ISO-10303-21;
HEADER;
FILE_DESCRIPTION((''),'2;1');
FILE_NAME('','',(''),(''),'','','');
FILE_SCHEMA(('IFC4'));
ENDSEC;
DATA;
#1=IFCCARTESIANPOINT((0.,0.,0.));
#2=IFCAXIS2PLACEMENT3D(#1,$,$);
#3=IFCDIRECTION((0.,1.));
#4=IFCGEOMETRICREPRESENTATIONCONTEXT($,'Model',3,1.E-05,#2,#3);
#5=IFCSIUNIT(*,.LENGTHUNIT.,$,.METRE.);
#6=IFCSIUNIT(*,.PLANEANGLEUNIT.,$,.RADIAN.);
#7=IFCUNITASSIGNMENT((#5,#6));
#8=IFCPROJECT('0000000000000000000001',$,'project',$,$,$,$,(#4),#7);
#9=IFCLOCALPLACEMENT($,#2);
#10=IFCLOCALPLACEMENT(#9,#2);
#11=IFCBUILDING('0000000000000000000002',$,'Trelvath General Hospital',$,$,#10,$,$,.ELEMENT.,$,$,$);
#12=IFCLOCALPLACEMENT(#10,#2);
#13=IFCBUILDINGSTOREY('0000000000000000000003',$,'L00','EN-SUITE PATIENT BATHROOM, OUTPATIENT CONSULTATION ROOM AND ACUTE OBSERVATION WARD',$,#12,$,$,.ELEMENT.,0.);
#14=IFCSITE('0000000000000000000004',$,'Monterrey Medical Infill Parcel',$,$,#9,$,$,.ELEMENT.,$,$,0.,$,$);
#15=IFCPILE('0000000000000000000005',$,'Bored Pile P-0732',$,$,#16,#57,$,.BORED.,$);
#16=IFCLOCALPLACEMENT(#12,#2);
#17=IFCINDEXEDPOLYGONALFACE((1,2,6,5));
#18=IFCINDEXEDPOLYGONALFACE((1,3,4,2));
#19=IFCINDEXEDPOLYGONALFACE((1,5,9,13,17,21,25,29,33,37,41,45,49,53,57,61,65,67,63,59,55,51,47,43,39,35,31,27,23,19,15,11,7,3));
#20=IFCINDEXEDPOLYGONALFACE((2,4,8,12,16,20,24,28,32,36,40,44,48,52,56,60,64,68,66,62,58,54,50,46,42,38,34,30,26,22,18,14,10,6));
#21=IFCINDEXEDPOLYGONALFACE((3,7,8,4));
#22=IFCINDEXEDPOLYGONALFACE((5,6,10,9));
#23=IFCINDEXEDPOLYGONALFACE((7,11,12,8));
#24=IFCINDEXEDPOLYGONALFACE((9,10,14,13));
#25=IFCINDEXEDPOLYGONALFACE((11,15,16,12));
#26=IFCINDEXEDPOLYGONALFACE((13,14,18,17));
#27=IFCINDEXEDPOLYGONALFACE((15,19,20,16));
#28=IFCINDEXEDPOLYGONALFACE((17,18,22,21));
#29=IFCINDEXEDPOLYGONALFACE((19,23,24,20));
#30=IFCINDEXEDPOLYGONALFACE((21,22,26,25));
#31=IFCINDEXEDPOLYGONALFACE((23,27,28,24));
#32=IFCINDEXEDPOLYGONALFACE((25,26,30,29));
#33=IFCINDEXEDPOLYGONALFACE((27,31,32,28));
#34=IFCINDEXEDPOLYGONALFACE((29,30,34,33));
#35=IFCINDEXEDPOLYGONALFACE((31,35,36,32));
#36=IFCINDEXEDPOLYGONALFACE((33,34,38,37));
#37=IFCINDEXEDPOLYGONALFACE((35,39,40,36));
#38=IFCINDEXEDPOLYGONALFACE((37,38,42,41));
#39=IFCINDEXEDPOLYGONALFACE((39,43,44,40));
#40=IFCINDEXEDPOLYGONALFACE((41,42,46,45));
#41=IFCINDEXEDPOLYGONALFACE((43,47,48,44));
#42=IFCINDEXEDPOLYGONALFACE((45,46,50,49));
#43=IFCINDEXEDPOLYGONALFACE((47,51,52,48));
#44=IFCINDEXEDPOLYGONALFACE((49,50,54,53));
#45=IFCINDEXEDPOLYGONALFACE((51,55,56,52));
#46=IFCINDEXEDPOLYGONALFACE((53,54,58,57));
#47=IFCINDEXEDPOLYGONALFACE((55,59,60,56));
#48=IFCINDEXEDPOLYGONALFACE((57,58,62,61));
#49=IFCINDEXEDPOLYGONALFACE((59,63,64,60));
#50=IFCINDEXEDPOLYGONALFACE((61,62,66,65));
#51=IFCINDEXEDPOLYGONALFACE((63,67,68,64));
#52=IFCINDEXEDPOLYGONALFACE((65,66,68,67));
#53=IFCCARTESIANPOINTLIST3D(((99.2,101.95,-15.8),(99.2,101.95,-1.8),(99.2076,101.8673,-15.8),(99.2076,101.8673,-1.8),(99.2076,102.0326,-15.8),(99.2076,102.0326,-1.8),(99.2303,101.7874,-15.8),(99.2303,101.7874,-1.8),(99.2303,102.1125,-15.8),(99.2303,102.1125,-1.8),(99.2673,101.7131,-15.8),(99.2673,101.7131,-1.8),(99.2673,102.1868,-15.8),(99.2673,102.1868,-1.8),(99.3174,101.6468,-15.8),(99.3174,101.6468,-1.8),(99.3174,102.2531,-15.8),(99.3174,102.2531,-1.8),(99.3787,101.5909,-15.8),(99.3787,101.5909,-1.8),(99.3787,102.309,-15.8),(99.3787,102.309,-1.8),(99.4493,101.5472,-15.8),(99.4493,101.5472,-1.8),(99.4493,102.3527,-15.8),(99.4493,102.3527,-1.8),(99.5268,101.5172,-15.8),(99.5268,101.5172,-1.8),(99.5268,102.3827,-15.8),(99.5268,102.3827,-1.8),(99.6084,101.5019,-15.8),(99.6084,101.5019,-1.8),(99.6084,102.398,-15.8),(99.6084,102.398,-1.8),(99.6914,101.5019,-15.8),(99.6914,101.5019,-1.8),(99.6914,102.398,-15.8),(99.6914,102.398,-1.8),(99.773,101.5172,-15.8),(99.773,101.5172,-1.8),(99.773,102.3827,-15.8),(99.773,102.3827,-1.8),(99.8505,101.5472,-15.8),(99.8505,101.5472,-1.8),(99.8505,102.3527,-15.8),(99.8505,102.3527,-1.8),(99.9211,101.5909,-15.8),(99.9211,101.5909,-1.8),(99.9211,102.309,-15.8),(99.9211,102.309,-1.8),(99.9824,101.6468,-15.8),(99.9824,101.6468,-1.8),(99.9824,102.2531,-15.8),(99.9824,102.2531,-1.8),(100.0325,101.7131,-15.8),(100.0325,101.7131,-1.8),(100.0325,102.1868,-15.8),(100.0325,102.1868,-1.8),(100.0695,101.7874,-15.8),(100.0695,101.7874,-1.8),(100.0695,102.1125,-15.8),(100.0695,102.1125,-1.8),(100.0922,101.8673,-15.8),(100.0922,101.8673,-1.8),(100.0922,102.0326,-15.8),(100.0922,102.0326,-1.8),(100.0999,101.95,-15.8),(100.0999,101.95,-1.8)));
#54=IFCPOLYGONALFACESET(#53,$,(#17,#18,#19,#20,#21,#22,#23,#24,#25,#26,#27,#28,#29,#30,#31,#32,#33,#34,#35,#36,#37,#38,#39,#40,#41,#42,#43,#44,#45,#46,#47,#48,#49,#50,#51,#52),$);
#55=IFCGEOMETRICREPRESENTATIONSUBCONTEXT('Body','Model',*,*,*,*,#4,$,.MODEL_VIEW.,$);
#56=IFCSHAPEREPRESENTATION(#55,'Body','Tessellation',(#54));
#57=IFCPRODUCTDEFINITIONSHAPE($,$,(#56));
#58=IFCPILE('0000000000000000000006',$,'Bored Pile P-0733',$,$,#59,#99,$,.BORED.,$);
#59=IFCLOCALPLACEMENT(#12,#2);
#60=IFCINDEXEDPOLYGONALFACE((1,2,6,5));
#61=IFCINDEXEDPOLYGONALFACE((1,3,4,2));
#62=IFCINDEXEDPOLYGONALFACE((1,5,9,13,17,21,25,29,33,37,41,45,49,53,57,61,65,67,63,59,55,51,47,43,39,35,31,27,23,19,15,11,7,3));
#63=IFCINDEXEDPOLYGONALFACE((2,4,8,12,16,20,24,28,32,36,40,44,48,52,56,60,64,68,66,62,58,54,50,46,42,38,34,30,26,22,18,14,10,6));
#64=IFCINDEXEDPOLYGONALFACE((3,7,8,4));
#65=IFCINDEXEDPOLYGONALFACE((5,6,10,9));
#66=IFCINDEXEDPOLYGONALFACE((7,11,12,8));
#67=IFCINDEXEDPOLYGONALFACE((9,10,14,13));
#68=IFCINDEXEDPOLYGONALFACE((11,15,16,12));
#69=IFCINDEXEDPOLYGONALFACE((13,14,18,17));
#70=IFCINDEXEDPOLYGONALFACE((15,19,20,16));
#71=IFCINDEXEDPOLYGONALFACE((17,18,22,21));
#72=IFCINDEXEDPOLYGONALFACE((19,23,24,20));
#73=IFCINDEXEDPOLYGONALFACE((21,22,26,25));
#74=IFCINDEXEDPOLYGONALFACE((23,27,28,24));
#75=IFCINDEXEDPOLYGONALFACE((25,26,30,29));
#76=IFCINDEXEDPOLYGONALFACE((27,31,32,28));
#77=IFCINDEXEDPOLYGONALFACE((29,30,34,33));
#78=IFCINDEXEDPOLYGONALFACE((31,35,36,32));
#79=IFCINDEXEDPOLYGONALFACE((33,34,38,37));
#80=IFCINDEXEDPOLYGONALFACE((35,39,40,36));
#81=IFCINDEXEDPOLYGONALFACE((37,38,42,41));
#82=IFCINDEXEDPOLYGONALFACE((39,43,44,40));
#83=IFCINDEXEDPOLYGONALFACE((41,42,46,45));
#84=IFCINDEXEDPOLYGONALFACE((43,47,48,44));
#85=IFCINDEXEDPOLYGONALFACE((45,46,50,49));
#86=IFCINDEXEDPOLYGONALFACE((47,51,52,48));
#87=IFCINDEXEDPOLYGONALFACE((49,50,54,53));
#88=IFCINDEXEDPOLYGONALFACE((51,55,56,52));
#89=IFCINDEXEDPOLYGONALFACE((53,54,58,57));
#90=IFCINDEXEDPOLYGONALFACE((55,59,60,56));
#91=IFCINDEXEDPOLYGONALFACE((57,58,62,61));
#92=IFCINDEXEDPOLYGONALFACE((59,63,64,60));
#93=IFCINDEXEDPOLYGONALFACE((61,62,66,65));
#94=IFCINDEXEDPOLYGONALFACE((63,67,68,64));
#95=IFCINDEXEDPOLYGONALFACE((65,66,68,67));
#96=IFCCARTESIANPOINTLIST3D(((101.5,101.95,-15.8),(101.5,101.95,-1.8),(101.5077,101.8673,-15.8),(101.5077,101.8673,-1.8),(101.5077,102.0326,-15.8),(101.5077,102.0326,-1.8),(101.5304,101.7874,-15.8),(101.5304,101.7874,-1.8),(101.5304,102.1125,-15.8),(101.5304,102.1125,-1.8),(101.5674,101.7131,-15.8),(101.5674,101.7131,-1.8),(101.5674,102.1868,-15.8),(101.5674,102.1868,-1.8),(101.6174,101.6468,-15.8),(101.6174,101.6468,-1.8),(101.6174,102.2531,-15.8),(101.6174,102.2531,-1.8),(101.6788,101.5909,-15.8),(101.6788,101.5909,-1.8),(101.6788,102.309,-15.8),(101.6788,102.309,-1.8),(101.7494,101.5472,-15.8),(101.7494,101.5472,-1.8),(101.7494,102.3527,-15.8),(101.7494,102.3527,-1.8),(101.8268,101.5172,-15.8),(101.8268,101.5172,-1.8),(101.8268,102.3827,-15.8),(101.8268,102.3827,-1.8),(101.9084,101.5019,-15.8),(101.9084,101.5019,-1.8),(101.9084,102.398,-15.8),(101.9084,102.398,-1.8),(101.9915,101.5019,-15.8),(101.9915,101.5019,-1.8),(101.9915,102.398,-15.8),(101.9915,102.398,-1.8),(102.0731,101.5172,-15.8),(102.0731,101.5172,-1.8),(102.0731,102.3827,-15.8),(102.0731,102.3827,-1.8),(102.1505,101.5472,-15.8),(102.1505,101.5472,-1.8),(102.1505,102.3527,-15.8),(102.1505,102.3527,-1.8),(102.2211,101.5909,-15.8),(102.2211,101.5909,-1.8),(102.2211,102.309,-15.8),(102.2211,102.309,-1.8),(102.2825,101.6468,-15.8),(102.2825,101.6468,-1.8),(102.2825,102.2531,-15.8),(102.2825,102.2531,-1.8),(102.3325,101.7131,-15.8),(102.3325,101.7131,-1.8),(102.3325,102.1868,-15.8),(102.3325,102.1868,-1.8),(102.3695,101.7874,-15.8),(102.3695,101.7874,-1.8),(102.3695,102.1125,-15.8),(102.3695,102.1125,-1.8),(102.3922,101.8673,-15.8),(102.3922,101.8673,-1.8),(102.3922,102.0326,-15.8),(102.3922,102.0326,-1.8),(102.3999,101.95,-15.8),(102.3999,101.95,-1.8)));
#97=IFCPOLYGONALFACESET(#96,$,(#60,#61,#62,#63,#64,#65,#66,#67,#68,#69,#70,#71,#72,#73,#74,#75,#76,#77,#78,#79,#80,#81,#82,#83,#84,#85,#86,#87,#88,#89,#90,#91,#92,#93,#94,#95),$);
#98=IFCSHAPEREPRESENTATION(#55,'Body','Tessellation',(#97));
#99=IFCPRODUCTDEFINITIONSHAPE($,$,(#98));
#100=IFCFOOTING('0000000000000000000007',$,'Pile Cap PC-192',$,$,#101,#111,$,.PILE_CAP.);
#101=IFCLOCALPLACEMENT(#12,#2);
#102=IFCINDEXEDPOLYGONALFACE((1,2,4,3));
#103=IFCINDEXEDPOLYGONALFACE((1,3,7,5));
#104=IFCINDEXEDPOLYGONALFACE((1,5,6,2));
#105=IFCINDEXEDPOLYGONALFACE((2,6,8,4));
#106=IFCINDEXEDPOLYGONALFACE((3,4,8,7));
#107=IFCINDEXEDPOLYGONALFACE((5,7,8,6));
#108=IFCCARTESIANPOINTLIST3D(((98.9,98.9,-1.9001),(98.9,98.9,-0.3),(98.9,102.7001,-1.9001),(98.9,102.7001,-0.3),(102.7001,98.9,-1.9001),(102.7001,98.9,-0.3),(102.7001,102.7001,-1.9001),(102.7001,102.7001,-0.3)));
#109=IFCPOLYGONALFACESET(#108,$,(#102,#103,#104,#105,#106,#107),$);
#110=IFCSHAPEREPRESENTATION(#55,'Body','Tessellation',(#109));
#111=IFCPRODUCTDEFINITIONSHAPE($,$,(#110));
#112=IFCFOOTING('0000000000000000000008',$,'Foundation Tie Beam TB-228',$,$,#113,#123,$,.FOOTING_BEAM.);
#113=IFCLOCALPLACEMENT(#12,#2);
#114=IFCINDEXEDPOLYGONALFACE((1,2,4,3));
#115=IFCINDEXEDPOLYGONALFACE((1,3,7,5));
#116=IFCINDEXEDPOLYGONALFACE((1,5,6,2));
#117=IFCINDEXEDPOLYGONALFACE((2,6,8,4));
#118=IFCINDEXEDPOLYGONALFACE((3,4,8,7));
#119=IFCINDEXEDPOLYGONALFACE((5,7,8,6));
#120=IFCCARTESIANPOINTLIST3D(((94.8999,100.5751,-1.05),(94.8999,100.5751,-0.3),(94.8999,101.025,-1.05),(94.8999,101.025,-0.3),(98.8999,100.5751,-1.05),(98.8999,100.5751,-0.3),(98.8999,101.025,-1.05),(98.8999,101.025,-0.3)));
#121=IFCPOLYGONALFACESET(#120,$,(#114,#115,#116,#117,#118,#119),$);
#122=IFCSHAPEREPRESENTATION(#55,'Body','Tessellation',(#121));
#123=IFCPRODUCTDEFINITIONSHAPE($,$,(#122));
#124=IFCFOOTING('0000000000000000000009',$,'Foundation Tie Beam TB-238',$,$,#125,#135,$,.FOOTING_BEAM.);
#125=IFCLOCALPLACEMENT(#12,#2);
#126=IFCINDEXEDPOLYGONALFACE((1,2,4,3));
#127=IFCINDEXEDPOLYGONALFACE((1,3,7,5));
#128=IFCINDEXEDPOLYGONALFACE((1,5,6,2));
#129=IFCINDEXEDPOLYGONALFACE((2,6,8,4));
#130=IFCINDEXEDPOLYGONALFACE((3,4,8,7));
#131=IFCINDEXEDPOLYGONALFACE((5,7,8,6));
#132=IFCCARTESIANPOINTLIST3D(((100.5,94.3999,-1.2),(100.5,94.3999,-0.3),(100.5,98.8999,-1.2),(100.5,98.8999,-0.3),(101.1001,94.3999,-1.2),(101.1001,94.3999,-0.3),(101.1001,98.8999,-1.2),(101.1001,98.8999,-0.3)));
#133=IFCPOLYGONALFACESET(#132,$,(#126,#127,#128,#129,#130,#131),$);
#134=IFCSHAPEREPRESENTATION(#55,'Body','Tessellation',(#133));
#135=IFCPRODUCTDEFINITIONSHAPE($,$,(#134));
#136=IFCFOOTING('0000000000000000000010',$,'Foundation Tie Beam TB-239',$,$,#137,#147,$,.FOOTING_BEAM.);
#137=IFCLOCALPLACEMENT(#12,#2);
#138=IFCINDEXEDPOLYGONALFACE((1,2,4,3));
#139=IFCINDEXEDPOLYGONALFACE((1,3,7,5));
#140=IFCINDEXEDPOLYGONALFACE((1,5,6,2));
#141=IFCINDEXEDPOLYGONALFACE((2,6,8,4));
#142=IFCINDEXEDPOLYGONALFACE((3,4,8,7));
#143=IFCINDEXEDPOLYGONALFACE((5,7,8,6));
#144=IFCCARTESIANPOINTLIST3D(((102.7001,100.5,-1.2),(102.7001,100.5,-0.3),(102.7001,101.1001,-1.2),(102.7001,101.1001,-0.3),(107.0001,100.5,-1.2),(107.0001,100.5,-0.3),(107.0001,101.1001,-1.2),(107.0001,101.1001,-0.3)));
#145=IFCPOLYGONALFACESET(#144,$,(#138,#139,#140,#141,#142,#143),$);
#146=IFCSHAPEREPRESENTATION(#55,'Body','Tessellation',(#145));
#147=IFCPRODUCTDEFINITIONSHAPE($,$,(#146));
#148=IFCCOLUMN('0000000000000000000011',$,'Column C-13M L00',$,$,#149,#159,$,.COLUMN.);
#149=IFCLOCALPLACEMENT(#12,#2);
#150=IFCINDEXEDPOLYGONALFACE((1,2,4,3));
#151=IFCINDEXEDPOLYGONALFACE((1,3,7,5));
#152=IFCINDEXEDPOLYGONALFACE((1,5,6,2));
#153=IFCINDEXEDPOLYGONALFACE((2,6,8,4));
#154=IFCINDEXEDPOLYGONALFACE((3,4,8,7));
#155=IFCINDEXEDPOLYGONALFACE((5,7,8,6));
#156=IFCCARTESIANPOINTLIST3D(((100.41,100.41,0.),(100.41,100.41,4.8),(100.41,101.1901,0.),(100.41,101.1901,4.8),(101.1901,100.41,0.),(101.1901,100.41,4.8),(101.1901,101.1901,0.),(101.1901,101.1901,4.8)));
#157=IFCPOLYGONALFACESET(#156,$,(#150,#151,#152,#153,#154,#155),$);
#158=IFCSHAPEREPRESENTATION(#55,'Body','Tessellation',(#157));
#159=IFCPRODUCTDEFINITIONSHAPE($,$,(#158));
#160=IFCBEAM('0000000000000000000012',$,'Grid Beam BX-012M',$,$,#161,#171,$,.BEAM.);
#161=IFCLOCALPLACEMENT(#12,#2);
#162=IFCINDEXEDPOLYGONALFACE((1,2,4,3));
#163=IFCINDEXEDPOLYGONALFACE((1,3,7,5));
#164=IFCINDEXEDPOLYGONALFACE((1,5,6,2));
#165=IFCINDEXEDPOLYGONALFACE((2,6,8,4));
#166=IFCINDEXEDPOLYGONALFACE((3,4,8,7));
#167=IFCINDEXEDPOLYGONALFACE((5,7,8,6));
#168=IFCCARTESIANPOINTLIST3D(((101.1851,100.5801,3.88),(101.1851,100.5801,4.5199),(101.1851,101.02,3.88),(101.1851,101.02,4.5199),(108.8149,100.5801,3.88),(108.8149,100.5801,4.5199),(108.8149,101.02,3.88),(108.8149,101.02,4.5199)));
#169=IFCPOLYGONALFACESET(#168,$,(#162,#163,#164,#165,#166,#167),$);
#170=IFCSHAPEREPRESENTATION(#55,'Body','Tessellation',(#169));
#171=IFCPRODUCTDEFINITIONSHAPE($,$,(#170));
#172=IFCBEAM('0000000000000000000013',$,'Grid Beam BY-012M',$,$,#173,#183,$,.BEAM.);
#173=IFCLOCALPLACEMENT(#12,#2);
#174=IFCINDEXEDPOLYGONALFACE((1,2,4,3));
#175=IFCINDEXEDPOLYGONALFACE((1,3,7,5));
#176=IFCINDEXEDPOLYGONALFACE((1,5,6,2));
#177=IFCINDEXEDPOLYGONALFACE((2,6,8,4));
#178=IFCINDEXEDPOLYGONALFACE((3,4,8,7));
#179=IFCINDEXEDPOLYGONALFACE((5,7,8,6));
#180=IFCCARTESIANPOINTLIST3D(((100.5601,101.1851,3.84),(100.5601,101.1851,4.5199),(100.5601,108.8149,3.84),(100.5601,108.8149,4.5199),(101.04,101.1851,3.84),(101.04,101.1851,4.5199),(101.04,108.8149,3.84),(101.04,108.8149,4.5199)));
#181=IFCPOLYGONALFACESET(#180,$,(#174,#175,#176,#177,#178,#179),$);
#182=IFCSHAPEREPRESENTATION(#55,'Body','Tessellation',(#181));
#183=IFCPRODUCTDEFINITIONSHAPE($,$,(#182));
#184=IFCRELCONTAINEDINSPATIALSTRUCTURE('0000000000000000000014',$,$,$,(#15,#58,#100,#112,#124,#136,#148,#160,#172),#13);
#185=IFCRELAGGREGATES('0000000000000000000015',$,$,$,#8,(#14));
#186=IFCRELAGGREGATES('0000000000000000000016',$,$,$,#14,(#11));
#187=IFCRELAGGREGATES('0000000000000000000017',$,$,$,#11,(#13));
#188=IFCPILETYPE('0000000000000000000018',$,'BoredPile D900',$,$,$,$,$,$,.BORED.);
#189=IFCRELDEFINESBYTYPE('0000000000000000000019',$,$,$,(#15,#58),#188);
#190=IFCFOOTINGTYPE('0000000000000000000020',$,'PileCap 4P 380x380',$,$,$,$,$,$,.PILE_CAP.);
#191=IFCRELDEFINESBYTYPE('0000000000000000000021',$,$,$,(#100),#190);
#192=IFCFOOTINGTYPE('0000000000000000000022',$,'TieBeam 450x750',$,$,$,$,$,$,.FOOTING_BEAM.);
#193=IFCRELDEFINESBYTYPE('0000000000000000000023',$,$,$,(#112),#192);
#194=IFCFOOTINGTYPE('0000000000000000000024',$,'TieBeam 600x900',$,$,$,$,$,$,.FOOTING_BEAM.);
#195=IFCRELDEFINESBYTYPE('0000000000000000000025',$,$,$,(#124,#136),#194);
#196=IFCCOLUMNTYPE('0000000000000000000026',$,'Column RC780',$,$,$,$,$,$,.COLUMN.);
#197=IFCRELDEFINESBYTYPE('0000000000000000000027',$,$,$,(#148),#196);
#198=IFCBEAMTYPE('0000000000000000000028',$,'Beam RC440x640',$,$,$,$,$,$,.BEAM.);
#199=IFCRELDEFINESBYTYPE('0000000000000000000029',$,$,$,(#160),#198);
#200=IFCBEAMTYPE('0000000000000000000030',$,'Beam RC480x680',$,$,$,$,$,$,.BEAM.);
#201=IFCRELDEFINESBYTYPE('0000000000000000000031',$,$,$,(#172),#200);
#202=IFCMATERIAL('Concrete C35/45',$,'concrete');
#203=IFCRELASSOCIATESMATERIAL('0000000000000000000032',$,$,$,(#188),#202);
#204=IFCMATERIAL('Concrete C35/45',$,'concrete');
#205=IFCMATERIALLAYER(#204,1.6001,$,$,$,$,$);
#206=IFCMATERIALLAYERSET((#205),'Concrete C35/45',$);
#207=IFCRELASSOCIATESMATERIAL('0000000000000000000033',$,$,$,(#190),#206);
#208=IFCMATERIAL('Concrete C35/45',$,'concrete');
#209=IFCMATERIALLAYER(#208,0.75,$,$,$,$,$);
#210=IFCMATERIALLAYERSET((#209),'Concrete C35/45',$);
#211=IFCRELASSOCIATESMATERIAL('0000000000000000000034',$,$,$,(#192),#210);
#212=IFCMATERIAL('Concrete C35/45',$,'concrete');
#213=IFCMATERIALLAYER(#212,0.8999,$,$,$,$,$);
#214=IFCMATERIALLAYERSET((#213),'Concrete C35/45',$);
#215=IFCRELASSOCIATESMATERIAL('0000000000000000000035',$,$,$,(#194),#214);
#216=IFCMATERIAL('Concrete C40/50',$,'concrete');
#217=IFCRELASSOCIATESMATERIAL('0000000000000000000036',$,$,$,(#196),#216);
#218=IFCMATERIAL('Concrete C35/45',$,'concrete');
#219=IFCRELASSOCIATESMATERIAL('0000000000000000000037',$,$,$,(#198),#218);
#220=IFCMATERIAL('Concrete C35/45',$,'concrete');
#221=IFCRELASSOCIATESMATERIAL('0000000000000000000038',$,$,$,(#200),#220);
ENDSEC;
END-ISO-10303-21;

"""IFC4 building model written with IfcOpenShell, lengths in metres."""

from ifc_helpers import new_model, si_unit, direction, frame, origin, origin_2d, place, context, subcontext, project, spatial, rectangle, circle, extrude, material, layer, layer_set, material_profile, profile_set, type_object, element, save


model = new_model("IFC4")

# Units and contexts
model_context = context("Model", 3, precision=1e-05, world=origin(), true_north=direction((0.0, 1.0)))
body_context = subcontext(model_context, "Body", "Model", "MODEL_VIEW")
ifc_project = project(units=[si_unit("LENGTHUNIT", "METRE"), si_unit("PLANEANGLEUNIT", "RADIAN")], contexts=[model_context])

# Site, building, storey
site_placement = place(None, origin())
site = spatial("IfcSite", under=ifc_project, at=site_placement, Name="Monterrey Medical Infill Parcel", CompositionType="ELEMENT", RefElevation=0.0)
building_placement = place(site_placement, origin())
building = spatial("IfcBuilding", under=site, at=building_placement, Name="Trelvath General Hospital", CompositionType="ELEMENT")
storey_placement = place(building_placement, origin())
storey = spatial("IfcBuildingStorey", under=building, at=storey_placement, Name="L00", Description="EN-SUITE PATIENT BATHROOM, OUTPATIENT CONSULTATION ROOM AND ACUTE OBSERVATION WARD", CompositionType="ELEMENT", Elevation=0.0)

# Piles
ifc_material_1 = material(Name="Concrete C35/45", Category="concrete")
ifc_material_profile_1 = material_profile(ifc_material_1, circle(Radius=0.45, at=origin_2d()), Name="PILE900")
ifc_profile_set_1 = profile_set([ifc_material_profile_1], Name="Concrete C35/45")
pile_type_1 = type_object("IfcPileType", Name="BoredPile D900", PredefinedType="BORED", material=ifc_profile_set_1)
for number, where, z_axis, x_axis, name in (
    (1, (99.6499, 101.95, -1.8), (0.0, 0.0, -1.0), (1.0, 0.0, 0.0), "Bored Pile P-0732"),
    (2, (101.95, 101.95, -1.8), (0.0, 0.0, -1.0), (1.0, 0.0, 0.0), "Bored Pile P-0733"),
):
    element("IfcPile", number, at=place(storey_placement, frame(where, z_axis=z_axis, x_axis=x_axis)), inside=storey, type_object=pile_type_1, Name=name, PredefinedType="BORED", context=body_context, shape_type="SweptSolid", body=[
        extrude(circle(Radius=0.45, at=origin_2d()), origin(), (0.0, 0.0, 1.0), 14.0),
    ])

# Footings
ifc_material_2 = material(Name="Concrete C35/45", Category="concrete")
ifc_layer_1 = layer(ifc_material_2, 1.6001)
ifc_layer_set_1 = layer_set([ifc_layer_1], Name="Concrete C35/45")
footing_type_1 = type_object("IfcFootingType", Name="PileCap 4P 380x380", PredefinedType="PILE_CAP", material=ifc_layer_set_1)
footing_1_placement = place(storey_placement, frame((100.8, 100.8, -1.9001), z_axis=(0.0, 0.0, 1.0), x_axis=(1.0, 0.0, 0.0)))
element("IfcFooting", 3, at=footing_1_placement, inside=storey, type_object=footing_type_1, Name="Pile Cap PC-192", PredefinedType="PILE_CAP", context=body_context, shape_type="SweptSolid", body=[
    extrude(rectangle(XDim=3.8, YDim=3.8, at=origin_2d()), origin(), (0.0, 0.0, 1.0), 1.6001),
])
ifc_material_3 = material(Name="Concrete C35/45", Category="concrete")
ifc_layer_2 = layer(ifc_material_3, 0.75)
ifc_layer_set_2 = layer_set([ifc_layer_2], Name="Concrete C35/45")
footing_type_2 = type_object("IfcFootingType", Name="TieBeam 450x750", PredefinedType="FOOTING_BEAM", material=ifc_layer_set_2)
footing_2_placement = place(storey_placement, frame((96.8999, 100.8, -1.05), z_axis=(0.0, 0.0, 1.0), x_axis=(1.0, 0.0, 0.0)))
element("IfcFooting", 4, at=footing_2_placement, inside=storey, type_object=footing_type_2, Name="Foundation Tie Beam TB-228", PredefinedType="FOOTING_BEAM", context=body_context, shape_type="SweptSolid", body=[
    extrude(rectangle(XDim=4.0, YDim=0.45, at=origin_2d()), origin(), (0.0, 0.0, 1.0), 0.75),
])
ifc_material_4 = material(Name="Concrete C35/45", Category="concrete")
ifc_layer_3 = layer(ifc_material_4, 0.8999)
ifc_layer_set_3 = layer_set([ifc_layer_3], Name="Concrete C35/45")
footing_type_3 = type_object("IfcFootingType", Name="TieBeam 600x900", PredefinedType="FOOTING_BEAM", material=ifc_layer_set_3)
footing_3_placement = place(storey_placement, frame((100.8, 96.6499, -1.2), z_axis=(0.0, 0.0, 1.0), x_axis=(1.0, 0.0, 0.0)))
element("IfcFooting", 5, at=footing_3_placement, inside=storey, type_object=footing_type_3, Name="Foundation Tie Beam TB-238", PredefinedType="FOOTING_BEAM", context=body_context, shape_type="SweptSolid", body=[
    extrude(rectangle(XDim=0.6001, YDim=4.5, at=origin_2d()), origin(), (0.0, 0.0, 1.0), 0.8999),
])
footing_4_placement = place(storey_placement, frame((104.8501, 100.8, -1.2), z_axis=(0.0, 0.0, 1.0), x_axis=(1.0, 0.0, 0.0)))
element("IfcFooting", 6, at=footing_4_placement, inside=storey, type_object=footing_type_3, Name="Foundation Tie Beam TB-239", PredefinedType="FOOTING_BEAM", context=body_context, shape_type="SweptSolid", body=[
    extrude(rectangle(XDim=4.3, YDim=0.6001, at=origin_2d()), origin(), (0.0, 0.0, 1.0), 0.8999),
])

# Column
ifc_material_5 = material(Name="Concrete C40/50", Category="concrete")
ifc_material_profile_2 = material_profile(ifc_material_5, rectangle(XDim=0.78, YDim=0.78, at=origin_2d()), Name="RC780x780")
ifc_profile_set_2 = profile_set([ifc_material_profile_2], Name="Concrete C40/50")
column_type = type_object("IfcColumnType", Name="Column RC780", PredefinedType="COLUMN", material=ifc_profile_set_2)
column_placement = place(storey_placement, frame((100.8, 100.8, 0.0), z_axis=(0.0, 0.0, 1.0), x_axis=(1.0, 0.0, 0.0)))
element("IfcColumn", 7, at=column_placement, inside=storey, type_object=column_type, Name="Column C-13M L00", PredefinedType="COLUMN", context=body_context, shape_type="SweptSolid", body=[
    extrude(rectangle(XDim=0.78, YDim=0.78, at=origin_2d()), origin(), (0.0, 0.0, 1.0), 4.8),
])

# Beams
ifc_material_6 = material(Name="Concrete C35/45", Category="concrete")
ifc_material_profile_3 = material_profile(ifc_material_6, rectangle(XDim=0.4399, YDim=0.6399, at=origin_2d()), Name="RCB440x640")
ifc_profile_set_3 = profile_set([ifc_material_profile_3], Name="Concrete C35/45")
beam_type_1 = type_object("IfcBeamType", Name="Beam RC440x640", PredefinedType="BEAM", material=ifc_profile_set_3)
beam_1_placement = place(storey_placement, frame((101.1851, 100.8, 4.2), z_axis=(1.0, 0.0, 0.0), x_axis=(0.0, 1.0, 0.0)))
element("IfcBeam", 8, at=beam_1_placement, inside=storey, type_object=beam_type_1, Name="Grid Beam BX-012M", PredefinedType="BEAM", context=body_context, shape_type="SweptSolid", body=[
    extrude(rectangle(XDim=0.4399, YDim=0.6399, at=origin_2d()), origin(), (0.0, 0.0, 1.0), 7.6299),
])
ifc_material_7 = material(Name="Concrete C35/45", Category="concrete")
ifc_material_profile_4 = material_profile(ifc_material_7, rectangle(XDim=0.48, YDim=0.6799, at=origin_2d()), Name="RCB480x680")
ifc_profile_set_4 = profile_set([ifc_material_profile_4], Name="Concrete C35/45")
beam_type_2 = type_object("IfcBeamType", Name="Beam RC480x680", PredefinedType="BEAM", material=ifc_profile_set_4)
beam_2_placement = place(storey_placement, frame((100.8, 101.1851, 4.1799), z_axis=(0.0, 1.0, 0.0), x_axis=(-1.0, 0.0, 0.0)))
element("IfcBeam", 9, at=beam_2_placement, inside=storey, type_object=beam_type_2, Name="Grid Beam BY-012M", PredefinedType="BEAM", context=body_context, shape_type="SweptSolid", body=[
    extrude(rectangle(XDim=0.48, YDim=0.6799, at=origin_2d()), origin(), (0.0, 0.0, 1.0), 7.6299),
])

save(model, "model.ifc")
